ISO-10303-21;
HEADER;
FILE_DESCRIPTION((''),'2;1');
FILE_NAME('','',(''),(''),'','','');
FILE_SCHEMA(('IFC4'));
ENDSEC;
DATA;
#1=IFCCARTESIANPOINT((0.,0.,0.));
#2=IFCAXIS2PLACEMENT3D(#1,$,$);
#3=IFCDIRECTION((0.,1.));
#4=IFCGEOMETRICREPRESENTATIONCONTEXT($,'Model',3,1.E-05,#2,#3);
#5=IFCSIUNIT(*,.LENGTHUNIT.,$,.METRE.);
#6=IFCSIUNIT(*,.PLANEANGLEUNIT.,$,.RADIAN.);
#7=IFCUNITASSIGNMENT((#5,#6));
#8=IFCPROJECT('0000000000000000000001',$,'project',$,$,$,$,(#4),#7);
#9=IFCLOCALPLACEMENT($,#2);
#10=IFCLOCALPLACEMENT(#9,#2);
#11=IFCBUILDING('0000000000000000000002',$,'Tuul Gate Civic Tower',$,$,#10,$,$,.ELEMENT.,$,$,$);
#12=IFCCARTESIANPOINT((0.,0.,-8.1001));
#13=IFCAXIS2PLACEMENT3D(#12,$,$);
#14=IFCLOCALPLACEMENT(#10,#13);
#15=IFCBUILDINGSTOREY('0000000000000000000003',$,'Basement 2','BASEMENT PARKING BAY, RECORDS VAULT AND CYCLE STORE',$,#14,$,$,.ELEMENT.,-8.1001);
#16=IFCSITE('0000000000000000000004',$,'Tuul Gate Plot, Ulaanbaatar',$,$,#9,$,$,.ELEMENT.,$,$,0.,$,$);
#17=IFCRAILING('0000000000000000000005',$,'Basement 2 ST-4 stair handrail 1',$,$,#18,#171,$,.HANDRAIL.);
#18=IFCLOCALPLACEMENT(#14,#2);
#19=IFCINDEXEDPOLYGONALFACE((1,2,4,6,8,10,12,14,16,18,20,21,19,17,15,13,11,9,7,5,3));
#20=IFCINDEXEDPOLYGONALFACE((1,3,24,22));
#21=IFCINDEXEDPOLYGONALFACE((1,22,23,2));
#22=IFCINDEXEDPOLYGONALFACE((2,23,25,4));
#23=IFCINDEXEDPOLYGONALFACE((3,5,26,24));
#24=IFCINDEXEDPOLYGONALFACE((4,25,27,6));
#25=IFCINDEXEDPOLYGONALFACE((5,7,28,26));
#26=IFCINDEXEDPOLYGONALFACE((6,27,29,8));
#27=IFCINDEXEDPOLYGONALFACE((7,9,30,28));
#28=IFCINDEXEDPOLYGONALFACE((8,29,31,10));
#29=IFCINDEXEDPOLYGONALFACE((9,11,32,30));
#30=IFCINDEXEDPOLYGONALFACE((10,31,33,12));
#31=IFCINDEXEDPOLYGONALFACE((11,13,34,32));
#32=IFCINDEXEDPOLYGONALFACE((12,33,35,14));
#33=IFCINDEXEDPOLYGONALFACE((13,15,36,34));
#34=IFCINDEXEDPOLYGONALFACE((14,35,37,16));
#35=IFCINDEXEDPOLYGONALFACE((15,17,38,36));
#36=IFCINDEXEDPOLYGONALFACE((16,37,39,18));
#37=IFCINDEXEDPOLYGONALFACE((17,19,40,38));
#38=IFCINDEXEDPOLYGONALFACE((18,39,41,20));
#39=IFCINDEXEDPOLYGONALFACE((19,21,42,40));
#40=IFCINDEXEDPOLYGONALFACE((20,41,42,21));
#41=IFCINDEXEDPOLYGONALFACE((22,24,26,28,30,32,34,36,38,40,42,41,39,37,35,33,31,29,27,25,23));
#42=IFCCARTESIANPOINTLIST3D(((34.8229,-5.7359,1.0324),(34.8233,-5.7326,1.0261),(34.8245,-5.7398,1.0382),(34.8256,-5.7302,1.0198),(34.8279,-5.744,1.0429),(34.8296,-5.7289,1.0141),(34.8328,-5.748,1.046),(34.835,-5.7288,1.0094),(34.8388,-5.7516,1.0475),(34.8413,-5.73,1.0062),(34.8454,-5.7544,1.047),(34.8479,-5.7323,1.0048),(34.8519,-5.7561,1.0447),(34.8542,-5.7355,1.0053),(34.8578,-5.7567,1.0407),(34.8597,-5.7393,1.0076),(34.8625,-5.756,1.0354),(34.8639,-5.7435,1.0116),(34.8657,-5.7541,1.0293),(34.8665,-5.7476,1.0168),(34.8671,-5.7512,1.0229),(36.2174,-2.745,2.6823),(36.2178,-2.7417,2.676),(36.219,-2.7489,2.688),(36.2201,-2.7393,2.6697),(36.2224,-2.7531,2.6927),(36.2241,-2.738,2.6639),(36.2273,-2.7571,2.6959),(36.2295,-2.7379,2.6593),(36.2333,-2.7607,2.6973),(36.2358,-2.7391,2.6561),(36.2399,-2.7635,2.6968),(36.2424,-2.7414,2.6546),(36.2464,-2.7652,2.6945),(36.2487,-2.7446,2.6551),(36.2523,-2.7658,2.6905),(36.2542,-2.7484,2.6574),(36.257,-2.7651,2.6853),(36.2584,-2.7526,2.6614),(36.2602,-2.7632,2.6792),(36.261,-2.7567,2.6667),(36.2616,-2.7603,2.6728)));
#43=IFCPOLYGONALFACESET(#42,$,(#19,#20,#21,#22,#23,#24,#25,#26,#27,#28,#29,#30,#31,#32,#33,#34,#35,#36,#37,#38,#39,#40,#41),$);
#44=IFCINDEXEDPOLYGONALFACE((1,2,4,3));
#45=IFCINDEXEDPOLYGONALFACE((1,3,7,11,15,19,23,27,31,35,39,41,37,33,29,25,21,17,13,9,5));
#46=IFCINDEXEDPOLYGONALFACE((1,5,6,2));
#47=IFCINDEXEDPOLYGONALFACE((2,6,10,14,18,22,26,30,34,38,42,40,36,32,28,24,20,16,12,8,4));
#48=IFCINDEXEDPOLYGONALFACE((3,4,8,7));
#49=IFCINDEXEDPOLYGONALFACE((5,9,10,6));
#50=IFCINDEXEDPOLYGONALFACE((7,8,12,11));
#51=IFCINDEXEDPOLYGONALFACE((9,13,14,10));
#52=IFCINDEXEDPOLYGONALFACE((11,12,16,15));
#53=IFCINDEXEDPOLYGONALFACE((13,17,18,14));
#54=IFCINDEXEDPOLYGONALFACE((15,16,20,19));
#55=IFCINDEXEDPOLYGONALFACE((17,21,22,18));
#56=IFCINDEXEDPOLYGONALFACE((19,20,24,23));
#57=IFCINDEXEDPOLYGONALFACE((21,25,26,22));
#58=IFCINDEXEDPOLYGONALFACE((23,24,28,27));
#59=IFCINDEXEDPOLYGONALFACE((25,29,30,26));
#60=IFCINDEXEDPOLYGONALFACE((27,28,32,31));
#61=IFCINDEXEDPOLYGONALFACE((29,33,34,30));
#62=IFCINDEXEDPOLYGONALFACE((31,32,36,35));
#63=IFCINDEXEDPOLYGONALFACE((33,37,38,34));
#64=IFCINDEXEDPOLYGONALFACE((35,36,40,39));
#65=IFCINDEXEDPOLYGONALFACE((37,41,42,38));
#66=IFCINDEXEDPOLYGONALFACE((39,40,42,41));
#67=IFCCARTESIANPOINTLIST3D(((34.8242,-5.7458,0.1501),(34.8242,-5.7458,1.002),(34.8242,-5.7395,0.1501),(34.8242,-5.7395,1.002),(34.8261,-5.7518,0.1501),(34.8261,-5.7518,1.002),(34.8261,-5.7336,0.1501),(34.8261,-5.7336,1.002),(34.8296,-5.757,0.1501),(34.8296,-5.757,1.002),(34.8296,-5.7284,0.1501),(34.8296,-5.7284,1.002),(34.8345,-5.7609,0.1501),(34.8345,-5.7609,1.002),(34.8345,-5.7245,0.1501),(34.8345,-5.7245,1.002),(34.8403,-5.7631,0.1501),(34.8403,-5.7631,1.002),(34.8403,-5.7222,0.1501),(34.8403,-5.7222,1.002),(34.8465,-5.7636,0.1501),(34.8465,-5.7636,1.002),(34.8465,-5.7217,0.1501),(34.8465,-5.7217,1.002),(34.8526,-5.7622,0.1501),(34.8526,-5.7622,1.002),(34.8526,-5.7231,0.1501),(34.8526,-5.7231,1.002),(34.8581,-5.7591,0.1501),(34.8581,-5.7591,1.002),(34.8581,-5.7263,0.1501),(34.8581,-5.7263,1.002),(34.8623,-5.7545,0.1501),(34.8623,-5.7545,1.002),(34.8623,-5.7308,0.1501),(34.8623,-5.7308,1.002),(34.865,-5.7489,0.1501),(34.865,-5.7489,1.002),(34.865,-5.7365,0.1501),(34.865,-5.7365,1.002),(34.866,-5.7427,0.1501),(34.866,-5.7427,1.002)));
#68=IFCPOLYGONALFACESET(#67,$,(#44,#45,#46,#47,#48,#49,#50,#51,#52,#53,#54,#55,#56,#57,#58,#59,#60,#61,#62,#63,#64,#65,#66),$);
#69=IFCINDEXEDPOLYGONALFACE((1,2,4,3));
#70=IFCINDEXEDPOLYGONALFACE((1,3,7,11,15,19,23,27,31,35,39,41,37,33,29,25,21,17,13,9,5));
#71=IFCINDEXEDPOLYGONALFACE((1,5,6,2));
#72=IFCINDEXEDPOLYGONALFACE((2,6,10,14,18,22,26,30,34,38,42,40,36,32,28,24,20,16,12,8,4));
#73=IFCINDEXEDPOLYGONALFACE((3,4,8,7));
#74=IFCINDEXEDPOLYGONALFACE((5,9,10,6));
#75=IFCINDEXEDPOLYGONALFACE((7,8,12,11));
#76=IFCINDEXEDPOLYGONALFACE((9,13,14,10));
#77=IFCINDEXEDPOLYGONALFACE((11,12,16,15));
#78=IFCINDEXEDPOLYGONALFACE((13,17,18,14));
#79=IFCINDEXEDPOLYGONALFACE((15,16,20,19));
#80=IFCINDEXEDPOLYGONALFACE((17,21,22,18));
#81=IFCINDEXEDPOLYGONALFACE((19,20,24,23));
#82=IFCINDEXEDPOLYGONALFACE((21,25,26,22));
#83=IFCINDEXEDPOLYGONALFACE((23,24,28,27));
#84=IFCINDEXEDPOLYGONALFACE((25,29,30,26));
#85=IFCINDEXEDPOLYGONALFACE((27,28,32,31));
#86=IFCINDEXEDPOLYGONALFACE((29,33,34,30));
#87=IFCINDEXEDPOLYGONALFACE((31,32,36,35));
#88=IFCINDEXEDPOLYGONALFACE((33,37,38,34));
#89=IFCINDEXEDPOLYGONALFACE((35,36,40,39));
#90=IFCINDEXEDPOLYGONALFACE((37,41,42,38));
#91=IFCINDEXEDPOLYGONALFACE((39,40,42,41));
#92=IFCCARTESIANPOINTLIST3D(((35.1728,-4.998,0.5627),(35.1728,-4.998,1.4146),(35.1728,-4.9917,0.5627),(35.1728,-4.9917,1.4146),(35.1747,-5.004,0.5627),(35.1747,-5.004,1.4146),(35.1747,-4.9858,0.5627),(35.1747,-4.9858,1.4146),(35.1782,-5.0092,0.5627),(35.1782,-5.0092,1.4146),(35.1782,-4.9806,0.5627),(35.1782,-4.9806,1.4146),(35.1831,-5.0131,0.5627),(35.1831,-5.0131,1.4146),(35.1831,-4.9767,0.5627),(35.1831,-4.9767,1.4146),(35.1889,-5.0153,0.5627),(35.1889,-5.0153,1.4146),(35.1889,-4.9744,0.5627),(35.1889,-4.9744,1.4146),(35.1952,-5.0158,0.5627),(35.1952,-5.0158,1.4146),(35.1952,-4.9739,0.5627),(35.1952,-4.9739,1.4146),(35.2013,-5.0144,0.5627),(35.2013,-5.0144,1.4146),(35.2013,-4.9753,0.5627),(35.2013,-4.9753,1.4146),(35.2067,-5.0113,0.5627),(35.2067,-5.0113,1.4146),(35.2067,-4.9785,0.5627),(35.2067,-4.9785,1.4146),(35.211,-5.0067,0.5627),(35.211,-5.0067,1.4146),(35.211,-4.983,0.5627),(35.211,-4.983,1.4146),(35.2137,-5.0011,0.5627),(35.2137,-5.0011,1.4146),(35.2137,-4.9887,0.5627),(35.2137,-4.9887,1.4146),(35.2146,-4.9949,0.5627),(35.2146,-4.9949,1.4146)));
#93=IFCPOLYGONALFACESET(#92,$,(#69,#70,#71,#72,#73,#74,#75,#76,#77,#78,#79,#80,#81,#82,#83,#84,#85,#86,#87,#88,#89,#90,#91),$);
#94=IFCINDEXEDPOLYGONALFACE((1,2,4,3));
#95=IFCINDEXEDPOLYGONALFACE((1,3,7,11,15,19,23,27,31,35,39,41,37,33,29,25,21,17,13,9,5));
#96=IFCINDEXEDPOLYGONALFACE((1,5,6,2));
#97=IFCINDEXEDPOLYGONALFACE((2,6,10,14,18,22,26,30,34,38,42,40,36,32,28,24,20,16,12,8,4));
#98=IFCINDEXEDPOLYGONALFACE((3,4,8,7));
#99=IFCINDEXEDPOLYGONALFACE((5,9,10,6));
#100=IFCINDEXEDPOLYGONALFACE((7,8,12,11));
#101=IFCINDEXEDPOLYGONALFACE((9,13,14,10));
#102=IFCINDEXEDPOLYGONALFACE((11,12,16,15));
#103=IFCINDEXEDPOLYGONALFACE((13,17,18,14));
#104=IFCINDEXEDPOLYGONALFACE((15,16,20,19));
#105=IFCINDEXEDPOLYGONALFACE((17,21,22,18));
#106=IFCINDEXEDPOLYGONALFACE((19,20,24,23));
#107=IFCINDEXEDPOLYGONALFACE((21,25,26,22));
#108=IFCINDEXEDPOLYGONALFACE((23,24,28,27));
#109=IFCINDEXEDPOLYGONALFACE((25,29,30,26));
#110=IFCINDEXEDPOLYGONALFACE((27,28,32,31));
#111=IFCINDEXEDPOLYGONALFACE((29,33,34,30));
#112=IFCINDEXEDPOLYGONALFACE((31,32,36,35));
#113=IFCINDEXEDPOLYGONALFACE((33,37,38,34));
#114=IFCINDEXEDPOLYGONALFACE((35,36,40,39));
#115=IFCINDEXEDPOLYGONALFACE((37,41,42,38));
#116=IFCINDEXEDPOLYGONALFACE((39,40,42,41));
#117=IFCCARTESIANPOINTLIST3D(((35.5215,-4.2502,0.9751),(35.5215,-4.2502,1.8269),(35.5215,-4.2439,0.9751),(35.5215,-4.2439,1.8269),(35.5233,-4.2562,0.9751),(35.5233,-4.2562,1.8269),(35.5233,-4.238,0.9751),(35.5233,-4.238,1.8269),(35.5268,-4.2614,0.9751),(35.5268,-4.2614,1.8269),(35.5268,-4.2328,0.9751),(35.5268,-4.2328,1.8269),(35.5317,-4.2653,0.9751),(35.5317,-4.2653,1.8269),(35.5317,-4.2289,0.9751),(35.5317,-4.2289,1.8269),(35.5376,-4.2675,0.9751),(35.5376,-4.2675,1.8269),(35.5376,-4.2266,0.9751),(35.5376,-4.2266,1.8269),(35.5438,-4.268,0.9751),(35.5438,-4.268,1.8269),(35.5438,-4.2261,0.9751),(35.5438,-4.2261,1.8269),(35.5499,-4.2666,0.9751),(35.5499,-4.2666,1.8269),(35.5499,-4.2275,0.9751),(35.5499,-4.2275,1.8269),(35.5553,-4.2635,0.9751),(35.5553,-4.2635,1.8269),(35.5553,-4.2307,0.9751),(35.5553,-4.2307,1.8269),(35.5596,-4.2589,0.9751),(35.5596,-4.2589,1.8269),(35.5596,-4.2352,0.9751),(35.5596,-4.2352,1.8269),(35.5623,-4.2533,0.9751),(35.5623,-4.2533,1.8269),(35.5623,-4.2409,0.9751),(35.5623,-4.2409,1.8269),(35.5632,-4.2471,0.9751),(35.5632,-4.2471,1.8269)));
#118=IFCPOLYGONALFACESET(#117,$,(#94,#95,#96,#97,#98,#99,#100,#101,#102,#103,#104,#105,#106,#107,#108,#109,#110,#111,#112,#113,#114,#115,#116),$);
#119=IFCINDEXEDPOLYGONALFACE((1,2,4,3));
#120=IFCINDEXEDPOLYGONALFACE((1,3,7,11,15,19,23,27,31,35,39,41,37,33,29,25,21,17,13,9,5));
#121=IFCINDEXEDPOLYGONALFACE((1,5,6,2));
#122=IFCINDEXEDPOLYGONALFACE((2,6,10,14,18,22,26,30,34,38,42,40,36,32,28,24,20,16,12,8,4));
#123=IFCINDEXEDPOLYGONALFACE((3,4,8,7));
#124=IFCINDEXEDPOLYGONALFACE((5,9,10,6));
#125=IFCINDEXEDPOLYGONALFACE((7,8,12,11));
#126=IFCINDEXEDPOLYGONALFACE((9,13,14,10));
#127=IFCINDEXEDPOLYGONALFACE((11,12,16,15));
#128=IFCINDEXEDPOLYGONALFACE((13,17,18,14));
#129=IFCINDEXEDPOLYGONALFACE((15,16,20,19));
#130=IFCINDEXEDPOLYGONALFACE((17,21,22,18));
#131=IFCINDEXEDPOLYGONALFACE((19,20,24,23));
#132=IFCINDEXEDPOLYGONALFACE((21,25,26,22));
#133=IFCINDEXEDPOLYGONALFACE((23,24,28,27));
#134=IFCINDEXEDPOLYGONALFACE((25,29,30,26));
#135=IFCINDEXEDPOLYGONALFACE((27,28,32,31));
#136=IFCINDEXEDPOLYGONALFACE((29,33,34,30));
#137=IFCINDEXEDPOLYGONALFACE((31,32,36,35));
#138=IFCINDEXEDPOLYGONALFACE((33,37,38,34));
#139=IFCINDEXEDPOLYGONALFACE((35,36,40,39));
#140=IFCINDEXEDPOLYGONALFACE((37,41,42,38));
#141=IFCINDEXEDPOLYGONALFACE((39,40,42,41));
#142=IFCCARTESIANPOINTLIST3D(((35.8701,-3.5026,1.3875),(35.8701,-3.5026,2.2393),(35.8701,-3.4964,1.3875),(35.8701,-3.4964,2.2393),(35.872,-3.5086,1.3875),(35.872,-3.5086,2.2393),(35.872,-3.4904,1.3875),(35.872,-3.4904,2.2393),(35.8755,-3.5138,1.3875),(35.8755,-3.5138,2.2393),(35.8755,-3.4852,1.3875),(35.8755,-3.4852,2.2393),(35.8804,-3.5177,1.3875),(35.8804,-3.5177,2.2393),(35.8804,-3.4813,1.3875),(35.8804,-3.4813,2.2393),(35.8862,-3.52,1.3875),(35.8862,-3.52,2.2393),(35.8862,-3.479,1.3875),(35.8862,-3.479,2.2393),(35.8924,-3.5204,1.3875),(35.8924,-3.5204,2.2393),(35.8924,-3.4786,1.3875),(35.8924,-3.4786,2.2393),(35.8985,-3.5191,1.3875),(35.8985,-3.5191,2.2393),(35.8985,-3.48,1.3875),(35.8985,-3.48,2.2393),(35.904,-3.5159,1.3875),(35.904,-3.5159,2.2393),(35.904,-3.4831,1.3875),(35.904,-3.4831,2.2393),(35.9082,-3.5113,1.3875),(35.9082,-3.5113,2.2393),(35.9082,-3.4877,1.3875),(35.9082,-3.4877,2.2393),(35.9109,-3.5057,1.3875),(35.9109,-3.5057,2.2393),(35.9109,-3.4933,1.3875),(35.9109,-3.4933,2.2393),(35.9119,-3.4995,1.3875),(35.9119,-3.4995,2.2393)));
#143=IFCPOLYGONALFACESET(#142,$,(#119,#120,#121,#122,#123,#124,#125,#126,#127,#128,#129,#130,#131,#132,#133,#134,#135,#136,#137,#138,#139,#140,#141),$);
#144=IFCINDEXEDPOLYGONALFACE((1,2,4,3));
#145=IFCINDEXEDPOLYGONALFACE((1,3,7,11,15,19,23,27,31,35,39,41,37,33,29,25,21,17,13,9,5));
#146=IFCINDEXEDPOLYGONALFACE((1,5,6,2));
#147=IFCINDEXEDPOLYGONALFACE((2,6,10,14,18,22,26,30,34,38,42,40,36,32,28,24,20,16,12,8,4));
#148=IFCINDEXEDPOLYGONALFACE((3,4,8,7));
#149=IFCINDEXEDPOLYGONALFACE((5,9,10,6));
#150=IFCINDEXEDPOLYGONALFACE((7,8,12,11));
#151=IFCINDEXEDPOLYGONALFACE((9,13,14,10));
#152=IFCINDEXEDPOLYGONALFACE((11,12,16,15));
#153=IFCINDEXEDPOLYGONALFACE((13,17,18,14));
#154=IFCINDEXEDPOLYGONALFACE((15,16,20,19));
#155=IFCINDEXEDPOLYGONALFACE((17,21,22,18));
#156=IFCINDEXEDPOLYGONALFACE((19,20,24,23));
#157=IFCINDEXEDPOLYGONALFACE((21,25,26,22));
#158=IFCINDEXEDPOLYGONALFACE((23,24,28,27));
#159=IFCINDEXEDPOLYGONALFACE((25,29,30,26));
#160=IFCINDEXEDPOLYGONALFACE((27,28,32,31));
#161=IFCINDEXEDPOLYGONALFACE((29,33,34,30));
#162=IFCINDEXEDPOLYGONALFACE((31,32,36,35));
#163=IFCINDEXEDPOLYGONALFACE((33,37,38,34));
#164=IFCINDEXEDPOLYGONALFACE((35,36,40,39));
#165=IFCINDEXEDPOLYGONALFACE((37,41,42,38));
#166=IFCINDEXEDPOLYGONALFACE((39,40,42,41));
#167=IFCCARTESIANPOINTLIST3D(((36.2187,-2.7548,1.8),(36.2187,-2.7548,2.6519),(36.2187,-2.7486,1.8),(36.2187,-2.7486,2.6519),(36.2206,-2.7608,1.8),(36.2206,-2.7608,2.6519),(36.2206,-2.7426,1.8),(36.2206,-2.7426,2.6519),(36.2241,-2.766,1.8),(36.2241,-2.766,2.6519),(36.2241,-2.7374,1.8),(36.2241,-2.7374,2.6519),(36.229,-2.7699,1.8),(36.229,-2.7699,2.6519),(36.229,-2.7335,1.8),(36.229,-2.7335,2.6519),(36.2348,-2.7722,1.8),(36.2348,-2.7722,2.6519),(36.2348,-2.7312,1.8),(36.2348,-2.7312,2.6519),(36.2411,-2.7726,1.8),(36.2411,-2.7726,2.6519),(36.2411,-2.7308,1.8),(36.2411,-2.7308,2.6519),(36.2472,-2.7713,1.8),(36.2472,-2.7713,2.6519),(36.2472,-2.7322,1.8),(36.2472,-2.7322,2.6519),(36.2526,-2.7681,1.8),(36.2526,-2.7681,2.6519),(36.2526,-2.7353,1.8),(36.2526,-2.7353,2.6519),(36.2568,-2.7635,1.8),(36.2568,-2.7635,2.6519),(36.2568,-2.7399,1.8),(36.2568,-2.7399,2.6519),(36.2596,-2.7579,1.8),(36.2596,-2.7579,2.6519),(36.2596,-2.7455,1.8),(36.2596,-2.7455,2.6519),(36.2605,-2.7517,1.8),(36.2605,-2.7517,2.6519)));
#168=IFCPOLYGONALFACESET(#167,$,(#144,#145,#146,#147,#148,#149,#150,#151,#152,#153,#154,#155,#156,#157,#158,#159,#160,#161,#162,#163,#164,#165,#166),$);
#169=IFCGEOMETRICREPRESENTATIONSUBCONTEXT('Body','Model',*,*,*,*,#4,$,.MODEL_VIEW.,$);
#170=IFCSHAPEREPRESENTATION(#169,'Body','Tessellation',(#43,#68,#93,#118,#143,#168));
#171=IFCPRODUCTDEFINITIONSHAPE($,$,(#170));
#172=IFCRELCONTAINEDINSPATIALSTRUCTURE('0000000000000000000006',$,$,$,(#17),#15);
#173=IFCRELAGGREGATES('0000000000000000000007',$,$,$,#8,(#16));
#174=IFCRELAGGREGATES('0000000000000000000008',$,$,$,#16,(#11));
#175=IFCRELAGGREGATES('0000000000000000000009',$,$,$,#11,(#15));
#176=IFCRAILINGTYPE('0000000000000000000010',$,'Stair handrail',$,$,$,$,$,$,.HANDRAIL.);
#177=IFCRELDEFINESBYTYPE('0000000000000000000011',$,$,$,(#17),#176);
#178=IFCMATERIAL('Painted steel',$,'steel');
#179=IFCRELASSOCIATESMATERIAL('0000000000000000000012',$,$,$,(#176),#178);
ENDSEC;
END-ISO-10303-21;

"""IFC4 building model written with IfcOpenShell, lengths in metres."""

from ifc_helpers import new_model, si_unit, direction, frame, origin, origin_2d, place, context, subcontext, project, spatial, circle, extrude, material, type_object, element, save


model = new_model("IFC4")

# Units and contexts
model_context = context("Model", 3, precision=1e-05, world=origin(), true_north=direction((0.0, 1.0)))
body_context = subcontext(model_context, "Body", "Model", "MODEL_VIEW")
ifc_project = project(units=[si_unit("LENGTHUNIT", "METRE"), si_unit("PLANEANGLEUNIT", "RADIAN")], contexts=[model_context])

# Site, building, storey
site_placement = place(None, origin())
site = spatial("IfcSite", under=ifc_project, at=site_placement, Name="Tuul Gate Plot, Ulaanbaatar", CompositionType="ELEMENT", RefElevation=0.0)
building_placement = place(site_placement, origin())
building = spatial("IfcBuilding", under=site, at=building_placement, Name="Tuul Gate Civic Tower", CompositionType="ELEMENT")
storey_placement = place(building_placement, frame((0.0, 0.0, -8.1001)))
storey = spatial("IfcBuildingStorey", under=building, at=storey_placement, Name="Basement 2", Description="BASEMENT PARKING BAY, RECORDS VAULT AND CYCLE STORE", CompositionType="ELEMENT", Elevation=-8.1001)

# Railing
ifc_material_1 = material(Name="Painted steel", Category="steel")
railing_type_1 = type_object("IfcRailingType", Name="Stair handrail", PredefinedType="HANDRAIL", material=ifc_material_1)
railing_1_placement = place(storey_placement, frame((34.845, -5.7427, 0.1501)))
element("IfcRailing", 1, at=railing_1_placement, inside=storey, type_object=railing_type_1, Name="Basement 2 ST-4 stair handrail 1", PredefinedType="HANDRAIL", context=body_context, shape_type="SweptSolid", body=[
    extrude(circle(Radius=0.0239, at=origin_2d()), frame((0.0, 0.0, 0.876), z_axis=(0.377968, 0.810659, 0.447183), x_axis=(-0.906329, 0.422574, 0.0)), (0.0, 0.0, 1.0), 3.6895),
    extrude(circle(Radius=0.021, at=origin_2d()), origin(), (0.0, 0.0, 1.0), 0.8518),
    extrude(circle(Radius=0.021, at=origin_2d()), frame((0.3486, 0.7478, 0.4126)), (0.0, 0.0, 1.0), 0.8518),
    extrude(circle(Radius=0.021, at=origin_2d()), frame((0.6973, 1.4956, 0.825)), (0.0, 0.0, 1.0), 0.8518),
    extrude(circle(Radius=0.021, at=origin_2d()), frame((1.0459, 2.2432, 1.2373)), (0.0, 0.0, 1.0), 0.8518),
    extrude(circle(Radius=0.021, at=origin_2d()), frame((1.3945, 2.991, 1.6499)), (0.0, 0.0, 1.0), 0.8518),
])

save(model, "model.ifc")
